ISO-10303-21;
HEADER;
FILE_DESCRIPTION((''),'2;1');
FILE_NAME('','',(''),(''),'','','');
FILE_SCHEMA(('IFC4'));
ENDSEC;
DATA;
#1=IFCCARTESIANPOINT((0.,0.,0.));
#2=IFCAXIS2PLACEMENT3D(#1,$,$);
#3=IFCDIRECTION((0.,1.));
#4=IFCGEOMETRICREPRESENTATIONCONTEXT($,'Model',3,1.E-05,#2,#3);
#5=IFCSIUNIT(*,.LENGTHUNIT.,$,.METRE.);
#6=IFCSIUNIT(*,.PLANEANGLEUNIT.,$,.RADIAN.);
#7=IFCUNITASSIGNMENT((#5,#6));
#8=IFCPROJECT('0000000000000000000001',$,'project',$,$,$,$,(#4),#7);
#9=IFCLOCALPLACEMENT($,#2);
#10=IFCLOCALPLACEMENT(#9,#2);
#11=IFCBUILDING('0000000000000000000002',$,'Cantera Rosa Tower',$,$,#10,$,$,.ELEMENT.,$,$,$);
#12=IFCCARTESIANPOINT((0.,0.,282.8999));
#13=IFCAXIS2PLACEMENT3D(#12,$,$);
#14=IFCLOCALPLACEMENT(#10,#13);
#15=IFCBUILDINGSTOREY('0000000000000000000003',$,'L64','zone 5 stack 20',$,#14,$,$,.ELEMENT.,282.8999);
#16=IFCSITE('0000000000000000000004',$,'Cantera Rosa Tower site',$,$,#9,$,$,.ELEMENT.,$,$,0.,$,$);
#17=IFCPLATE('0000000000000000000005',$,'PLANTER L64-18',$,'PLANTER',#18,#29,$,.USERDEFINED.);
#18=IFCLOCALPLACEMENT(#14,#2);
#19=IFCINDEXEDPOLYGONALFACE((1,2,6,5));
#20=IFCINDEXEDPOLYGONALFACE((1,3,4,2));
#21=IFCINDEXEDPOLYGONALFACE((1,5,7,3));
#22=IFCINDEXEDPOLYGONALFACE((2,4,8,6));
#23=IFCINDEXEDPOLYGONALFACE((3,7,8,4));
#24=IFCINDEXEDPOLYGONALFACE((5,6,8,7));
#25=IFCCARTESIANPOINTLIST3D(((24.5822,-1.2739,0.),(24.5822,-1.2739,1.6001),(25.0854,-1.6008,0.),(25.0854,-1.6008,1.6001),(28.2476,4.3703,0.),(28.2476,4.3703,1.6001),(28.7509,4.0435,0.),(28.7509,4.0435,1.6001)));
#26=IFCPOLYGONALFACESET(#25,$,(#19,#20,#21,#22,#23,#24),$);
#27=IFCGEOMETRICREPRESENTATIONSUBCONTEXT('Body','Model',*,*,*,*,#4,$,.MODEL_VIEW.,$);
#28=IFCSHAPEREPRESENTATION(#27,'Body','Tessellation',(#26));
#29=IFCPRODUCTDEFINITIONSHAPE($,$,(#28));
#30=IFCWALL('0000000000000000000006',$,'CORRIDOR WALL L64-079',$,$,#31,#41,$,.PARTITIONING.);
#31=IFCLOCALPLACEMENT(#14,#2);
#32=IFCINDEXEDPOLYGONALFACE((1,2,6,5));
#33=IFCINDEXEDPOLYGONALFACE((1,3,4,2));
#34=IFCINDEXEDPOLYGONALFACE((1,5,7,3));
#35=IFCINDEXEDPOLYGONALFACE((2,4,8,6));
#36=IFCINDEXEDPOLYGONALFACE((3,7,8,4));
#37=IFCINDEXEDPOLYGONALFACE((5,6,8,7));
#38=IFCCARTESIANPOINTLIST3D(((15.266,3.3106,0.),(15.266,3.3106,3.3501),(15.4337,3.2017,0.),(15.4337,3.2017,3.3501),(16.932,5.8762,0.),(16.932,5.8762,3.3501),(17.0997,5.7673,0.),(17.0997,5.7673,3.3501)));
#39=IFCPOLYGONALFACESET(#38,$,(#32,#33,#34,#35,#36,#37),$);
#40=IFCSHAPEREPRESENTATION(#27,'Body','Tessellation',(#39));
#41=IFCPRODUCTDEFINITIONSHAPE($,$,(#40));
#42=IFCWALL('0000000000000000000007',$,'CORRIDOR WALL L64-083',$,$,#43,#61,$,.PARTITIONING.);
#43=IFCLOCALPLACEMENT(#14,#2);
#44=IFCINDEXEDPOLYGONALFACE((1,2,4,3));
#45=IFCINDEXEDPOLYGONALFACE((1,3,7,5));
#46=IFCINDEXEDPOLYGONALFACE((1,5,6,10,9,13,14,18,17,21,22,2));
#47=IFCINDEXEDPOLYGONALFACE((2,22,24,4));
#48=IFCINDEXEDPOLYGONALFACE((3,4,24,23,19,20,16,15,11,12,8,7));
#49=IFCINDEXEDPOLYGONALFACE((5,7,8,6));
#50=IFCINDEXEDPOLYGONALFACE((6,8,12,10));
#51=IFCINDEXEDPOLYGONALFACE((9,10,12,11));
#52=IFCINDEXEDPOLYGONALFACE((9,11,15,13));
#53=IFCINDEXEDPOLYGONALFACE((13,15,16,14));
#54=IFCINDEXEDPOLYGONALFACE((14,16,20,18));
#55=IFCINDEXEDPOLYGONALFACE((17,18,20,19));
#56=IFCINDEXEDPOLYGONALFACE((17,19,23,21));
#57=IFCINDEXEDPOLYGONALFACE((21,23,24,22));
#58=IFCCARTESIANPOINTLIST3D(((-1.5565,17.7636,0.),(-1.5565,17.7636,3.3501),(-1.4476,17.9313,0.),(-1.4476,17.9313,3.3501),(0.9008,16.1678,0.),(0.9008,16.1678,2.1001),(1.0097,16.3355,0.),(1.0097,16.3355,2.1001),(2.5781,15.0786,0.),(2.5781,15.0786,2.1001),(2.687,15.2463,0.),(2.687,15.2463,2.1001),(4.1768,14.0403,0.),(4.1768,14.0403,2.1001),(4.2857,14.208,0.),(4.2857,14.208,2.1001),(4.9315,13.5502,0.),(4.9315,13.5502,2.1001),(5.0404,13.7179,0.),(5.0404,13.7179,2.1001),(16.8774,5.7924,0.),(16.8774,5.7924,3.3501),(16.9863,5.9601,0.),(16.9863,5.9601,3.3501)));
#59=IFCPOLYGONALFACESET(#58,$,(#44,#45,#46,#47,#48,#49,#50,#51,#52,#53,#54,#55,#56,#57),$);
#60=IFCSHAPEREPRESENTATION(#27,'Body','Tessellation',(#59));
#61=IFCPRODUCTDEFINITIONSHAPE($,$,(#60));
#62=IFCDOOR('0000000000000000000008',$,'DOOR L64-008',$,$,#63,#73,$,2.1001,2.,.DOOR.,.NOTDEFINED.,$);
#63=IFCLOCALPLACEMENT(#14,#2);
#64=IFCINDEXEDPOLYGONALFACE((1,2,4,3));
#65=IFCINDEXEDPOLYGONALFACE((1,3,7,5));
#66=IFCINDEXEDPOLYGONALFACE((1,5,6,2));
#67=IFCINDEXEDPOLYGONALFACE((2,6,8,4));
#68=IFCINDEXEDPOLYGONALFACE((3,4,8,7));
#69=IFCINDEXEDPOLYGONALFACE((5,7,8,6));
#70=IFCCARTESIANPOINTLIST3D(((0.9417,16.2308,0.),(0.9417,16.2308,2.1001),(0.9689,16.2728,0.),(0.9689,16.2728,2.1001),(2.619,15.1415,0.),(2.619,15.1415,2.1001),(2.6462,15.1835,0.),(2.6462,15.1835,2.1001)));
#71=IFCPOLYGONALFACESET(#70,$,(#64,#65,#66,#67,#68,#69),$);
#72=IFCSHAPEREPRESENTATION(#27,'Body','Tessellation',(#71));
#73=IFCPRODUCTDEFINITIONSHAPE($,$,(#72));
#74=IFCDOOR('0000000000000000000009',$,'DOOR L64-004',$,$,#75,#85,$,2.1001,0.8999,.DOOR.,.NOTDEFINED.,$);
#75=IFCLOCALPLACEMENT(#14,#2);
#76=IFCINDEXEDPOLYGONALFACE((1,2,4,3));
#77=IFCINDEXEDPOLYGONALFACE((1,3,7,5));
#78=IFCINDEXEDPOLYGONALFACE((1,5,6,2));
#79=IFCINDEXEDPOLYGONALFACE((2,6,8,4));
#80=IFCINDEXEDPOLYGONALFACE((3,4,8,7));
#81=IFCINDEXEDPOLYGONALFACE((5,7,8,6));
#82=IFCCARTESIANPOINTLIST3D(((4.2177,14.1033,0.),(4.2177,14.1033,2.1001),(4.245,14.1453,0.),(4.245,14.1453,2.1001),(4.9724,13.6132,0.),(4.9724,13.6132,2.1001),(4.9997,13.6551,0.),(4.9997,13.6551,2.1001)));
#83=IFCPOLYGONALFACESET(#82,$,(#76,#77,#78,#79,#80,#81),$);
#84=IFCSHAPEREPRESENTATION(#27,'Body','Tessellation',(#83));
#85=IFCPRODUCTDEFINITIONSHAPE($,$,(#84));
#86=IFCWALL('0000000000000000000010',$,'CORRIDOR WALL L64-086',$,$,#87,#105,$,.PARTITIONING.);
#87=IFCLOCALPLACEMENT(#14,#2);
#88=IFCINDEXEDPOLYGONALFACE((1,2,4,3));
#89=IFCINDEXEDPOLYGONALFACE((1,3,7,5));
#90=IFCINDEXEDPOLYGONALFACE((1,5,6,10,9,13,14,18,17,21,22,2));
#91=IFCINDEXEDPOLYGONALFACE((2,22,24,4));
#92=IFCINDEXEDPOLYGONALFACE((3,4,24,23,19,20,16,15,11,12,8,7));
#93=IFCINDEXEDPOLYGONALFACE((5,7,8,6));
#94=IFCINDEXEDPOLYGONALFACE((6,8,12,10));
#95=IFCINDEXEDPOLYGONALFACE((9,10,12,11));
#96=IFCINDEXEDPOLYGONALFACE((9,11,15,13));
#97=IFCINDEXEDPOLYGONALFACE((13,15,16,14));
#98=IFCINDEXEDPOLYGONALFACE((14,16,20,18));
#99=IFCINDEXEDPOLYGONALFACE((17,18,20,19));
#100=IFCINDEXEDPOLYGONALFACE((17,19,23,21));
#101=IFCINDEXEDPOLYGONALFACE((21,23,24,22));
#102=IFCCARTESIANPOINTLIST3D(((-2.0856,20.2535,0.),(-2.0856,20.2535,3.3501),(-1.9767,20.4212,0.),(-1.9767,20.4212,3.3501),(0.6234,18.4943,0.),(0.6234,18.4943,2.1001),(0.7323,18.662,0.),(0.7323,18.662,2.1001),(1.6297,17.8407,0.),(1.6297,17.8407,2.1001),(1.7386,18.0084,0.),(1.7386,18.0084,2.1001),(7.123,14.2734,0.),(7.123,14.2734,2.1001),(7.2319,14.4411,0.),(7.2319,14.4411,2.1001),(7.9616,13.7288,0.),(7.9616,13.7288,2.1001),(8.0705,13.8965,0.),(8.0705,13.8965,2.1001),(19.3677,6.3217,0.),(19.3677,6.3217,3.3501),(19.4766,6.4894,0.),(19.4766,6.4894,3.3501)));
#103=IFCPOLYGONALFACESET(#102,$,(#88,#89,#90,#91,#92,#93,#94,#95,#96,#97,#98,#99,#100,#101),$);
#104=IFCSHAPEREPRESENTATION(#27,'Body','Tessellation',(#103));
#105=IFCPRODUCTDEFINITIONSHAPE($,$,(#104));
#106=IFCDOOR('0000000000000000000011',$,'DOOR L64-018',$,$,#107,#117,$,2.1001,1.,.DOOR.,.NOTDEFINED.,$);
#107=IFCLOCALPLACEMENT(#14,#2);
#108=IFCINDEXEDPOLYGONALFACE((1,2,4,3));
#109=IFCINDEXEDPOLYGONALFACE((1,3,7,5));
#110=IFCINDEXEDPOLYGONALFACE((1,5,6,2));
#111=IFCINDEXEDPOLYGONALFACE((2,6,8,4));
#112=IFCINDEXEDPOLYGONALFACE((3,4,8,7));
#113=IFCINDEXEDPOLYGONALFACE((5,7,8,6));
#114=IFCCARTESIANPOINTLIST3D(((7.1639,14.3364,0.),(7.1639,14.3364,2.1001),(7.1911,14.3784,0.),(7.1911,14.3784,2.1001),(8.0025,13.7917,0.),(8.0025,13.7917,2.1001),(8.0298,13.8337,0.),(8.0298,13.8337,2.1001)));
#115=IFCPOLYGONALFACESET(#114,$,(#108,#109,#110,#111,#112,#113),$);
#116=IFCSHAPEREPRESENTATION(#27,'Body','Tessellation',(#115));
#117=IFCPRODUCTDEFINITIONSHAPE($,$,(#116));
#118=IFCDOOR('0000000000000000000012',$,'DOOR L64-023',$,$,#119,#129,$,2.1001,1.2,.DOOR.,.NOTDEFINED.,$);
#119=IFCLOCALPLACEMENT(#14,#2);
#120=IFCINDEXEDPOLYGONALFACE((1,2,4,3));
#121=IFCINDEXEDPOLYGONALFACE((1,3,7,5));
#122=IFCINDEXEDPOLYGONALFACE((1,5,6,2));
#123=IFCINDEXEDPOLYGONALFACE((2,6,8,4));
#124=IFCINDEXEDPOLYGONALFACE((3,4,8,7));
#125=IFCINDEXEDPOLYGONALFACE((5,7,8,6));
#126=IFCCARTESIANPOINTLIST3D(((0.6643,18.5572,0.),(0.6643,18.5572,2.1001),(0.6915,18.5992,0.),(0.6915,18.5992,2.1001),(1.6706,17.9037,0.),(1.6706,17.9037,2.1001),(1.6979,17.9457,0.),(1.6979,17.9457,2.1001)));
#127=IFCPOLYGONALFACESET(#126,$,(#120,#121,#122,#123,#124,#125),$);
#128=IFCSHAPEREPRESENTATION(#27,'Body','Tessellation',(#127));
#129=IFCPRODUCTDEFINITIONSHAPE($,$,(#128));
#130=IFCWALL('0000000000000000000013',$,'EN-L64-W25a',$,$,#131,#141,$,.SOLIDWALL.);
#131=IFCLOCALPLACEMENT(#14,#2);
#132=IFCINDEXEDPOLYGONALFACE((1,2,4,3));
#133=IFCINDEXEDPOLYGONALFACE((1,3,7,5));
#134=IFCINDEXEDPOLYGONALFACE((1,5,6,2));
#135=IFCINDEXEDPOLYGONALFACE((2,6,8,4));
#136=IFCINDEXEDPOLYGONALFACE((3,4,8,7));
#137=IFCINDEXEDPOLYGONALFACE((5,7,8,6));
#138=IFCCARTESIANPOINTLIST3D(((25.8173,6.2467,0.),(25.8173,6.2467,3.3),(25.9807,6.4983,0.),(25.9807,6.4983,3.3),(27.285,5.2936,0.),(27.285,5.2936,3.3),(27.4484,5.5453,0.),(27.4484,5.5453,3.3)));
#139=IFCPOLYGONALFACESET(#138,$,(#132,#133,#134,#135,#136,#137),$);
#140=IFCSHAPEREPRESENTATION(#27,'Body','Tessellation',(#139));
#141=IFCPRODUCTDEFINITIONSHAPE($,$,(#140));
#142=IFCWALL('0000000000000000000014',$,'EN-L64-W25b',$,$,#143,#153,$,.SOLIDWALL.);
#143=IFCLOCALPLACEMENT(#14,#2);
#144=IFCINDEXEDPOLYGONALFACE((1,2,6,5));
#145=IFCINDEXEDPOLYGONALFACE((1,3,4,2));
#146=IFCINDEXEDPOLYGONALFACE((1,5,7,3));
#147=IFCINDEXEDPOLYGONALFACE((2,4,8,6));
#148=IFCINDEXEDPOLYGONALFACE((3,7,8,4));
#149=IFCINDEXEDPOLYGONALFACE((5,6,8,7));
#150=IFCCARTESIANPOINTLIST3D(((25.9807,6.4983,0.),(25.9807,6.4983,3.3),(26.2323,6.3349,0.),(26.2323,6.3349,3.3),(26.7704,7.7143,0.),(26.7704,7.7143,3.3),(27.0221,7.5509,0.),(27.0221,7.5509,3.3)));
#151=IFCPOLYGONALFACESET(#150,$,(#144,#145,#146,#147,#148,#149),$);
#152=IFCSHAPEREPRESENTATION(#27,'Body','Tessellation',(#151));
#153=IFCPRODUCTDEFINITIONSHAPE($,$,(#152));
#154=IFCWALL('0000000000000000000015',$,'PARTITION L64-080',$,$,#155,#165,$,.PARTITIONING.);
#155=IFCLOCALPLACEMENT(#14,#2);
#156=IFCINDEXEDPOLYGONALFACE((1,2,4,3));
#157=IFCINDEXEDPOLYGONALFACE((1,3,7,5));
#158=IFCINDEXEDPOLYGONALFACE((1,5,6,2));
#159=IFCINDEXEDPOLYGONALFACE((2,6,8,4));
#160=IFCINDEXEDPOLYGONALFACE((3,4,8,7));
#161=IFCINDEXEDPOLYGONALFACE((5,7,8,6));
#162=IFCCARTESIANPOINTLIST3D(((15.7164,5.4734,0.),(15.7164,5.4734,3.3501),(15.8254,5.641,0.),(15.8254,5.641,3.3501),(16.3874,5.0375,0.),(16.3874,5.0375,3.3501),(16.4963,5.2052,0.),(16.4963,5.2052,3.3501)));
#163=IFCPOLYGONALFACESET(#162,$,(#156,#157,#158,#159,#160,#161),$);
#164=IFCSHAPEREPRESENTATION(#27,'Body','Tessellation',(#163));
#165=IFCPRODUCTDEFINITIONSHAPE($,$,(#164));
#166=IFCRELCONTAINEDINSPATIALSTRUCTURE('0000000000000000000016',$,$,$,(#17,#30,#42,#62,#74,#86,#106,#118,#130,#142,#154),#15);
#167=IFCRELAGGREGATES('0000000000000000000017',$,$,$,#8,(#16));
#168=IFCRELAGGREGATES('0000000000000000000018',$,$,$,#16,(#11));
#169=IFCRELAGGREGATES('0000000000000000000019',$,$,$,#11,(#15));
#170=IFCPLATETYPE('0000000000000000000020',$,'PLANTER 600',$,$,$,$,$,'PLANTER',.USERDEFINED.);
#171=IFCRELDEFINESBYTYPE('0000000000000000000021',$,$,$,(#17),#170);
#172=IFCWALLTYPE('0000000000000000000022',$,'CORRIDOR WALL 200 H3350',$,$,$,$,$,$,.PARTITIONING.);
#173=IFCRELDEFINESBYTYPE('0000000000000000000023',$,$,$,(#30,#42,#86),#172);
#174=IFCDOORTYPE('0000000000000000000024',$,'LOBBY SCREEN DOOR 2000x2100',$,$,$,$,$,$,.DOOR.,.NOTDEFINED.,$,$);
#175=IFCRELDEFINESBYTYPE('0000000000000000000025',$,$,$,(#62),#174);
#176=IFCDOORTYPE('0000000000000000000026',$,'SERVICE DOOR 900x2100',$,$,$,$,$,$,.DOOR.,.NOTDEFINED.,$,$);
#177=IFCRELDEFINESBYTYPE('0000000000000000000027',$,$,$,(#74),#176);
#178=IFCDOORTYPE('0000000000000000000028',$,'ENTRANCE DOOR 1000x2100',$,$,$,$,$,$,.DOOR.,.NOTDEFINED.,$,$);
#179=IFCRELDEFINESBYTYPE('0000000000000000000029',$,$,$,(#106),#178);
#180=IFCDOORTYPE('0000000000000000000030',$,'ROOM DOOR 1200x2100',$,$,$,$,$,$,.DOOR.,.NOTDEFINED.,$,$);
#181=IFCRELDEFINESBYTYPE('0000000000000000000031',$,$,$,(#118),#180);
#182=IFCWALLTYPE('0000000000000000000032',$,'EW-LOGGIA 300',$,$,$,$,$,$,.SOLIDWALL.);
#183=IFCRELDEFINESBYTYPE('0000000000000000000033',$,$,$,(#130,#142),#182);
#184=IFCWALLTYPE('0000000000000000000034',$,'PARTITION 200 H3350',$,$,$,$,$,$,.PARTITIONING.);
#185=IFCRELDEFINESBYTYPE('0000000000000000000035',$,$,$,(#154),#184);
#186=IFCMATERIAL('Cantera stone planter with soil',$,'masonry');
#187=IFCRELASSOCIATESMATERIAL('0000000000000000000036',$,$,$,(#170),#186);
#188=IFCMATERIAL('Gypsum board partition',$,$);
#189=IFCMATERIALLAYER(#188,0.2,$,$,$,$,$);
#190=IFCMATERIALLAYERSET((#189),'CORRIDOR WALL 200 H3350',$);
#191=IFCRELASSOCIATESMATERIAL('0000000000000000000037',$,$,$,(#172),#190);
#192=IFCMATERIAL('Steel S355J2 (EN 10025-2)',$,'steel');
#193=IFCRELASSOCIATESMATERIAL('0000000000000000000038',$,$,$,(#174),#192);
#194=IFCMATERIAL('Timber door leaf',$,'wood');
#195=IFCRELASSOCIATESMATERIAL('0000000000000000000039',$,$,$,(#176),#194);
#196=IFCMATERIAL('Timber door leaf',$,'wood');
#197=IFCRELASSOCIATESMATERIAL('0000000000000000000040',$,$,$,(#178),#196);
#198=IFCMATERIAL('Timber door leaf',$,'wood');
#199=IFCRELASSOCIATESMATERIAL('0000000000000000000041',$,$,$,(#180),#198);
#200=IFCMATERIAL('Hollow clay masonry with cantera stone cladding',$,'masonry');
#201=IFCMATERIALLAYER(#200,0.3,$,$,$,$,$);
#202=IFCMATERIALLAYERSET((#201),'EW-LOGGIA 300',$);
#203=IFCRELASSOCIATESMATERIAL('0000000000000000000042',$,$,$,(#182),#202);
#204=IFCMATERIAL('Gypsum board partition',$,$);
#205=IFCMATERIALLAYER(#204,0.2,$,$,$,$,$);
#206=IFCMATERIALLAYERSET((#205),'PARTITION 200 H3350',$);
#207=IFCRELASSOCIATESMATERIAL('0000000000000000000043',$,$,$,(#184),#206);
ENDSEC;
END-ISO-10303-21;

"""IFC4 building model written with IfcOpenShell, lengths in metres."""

from ifc_helpers import new_model, si_unit, direction, frame, frame_2d, origin, origin_2d, place, context, subcontext, project, spatial, rectangle, extrude, material, layer, layer_set, type_object, element, fill, save


model = new_model("IFC4")

# Units and contexts
model_context = context("Model", 3, precision=1e-05, world=origin(), true_north=direction((0.0, 1.0)))
body_context = subcontext(model_context, "Body", "Model", "MODEL_VIEW")
ifc_project = project(units=[si_unit("LENGTHUNIT", "METRE"), si_unit("PLANEANGLEUNIT", "RADIAN")], contexts=[model_context])

# Site, building, storey
site_placement = place(None, origin())
site = spatial("IfcSite", under=ifc_project, at=site_placement, Name="Cantera Rosa Tower site", CompositionType="ELEMENT", RefElevation=0.0)
building_placement = place(site_placement, origin())
building = spatial("IfcBuilding", under=site, at=building_placement, Name="Cantera Rosa Tower", CompositionType="ELEMENT")
storey_placement = place(building_placement, frame((0.0, 0.0, 282.8999)))
storey = spatial("IfcBuildingStorey", under=building, at=storey_placement, Name="L64", Description="zone 5 stack 20", CompositionType="ELEMENT", Elevation=282.8999)

# Plate
ifc_material_1 = material(Name="Cantera stone planter with soil", Category="masonry")
plate_type = type_object("IfcPlateType", Name="PLANTER 600", ElementType="PLANTER", PredefinedType="USERDEFINED", material=ifc_material_1)
plate_placement = place(storey_placement, frame((26.6665, 1.3848, 0.0), z_axis=(0.0, 0.0, 1.0), x_axis=(0.544639, 0.838671, 0.0)))
element("IfcPlate", 1, at=plate_placement, inside=storey, type_object=plate_type, Name="PLANTER L64-18", ObjectType="PLANTER", PredefinedType="USERDEFINED", context=body_context, shape_type="SweptSolid", body=[
    extrude(rectangle(XDim=6.73, YDim=0.6001, at=origin_2d()), origin(), (0.0, 0.0, 1.0), 1.6001),
])

# Wall
ifc_material_2 = material(Name="Gypsum board partition")
ifc_layer_1 = layer(ifc_material_2, 0.2)
ifc_layer_set_1 = layer_set([ifc_layer_1], Name="CORRIDOR WALL 200 H3350")
wall_type_1 = type_object("IfcWallType", Name="CORRIDOR WALL 200 H3350", PredefinedType="PARTITIONING", material=ifc_layer_set_1)
wall_1_placement = place(storey_placement, frame((15.3499, 3.2561, 0.0), z_axis=(0.0, 0.0, 1.0), x_axis=(0.544604, 0.838693, 0.0)))
element("IfcWall", 2, at=wall_1_placement, inside=storey, type_object=wall_type_1, Name="CORRIDOR WALL L64-079", PredefinedType="PARTITIONING", context=body_context, shape_type="SweptSolid", body=[
    extrude(rectangle(XDim=3.0591, YDim=0.2, at=frame_2d((1.5295, 0.0))), origin(), (0.0, 0.0, 1.0), 3.3501),
])

# Walls, openings, doors
wall_2_placement = place(storey_placement, frame((16.9319, 5.8762, 0.0), z_axis=(0.0, 0.0, 1.0), x_axis=(-0.838668, 0.544643, 0.0)))
wall_2 = element("IfcWall", 3, at=wall_2_placement, inside=storey, type_object=wall_type_1, Name="CORRIDOR WALL L64-083", PredefinedType="PARTITIONING", context=body_context, shape_type="SweptSolid", body=[
    extrude(rectangle(XDim=21.98, YDim=0.2, at=frame_2d((10.99, 0.0))), origin(), (0.0, 0.0, 1.0), 3.3501),
])
opening_1_placement = place(wall_2_placement, frame((14.2439, 0.0, 0.0)))
opening_1 = element("IfcOpeningElement", 4, at=opening_1_placement, cuts=wall_2, PredefinedType="OPENING", context=body_context, shape_type="SweptSolid", body=[
    extrude(rectangle(XDim=0.8999, YDim=2.1001, at=frame_2d((0.45, 1.05))), frame((0.0, 0.1099, 0.0), z_axis=(0.0, -1.0, 0.0), x_axis=(1.0, 0.0, 0.0)), (0.0, 0.0, 1.0), 0.22),
])
opening_2_placement = place(wall_2_placement, frame((17.05, 0.0, 0.0)))
opening_2 = element("IfcOpeningElement", 5, at=opening_2_placement, cuts=wall_2, PredefinedType="OPENING", context=body_context, shape_type="SweptSolid", body=[
    extrude(rectangle(XDim=2.0, YDim=2.1001, at=frame_2d((1.0, 1.05))), frame((0.0, 0.1099, 0.0), z_axis=(0.0, -1.0, 0.0), x_axis=(1.0, 0.0, 0.0)), (0.0, 0.0, 1.0), 0.22),
])
ifc_material_3 = material(Name="Steel S355J2 (EN 10025-2)", Category="steel")
door_type_1 = type_object("IfcDoorType", Name="LOBBY SCREEN DOOR 2000x2100", OperationType="NOTDEFINED", PredefinedType="DOOR", material=ifc_material_3)
door_1_placement = place(opening_2_placement, origin())
door_1 = element("IfcDoor", 6, at=door_1_placement, inside=storey, type_object=door_type_1, Name="DOOR L64-008", OperationType="NOTDEFINED", OverallHeight=2.1001, OverallWidth=2.0, PredefinedType="DOOR", context=body_context, shape_type="SweptSolid", body=[
    extrude(rectangle(XDim=2.0, YDim=2.1001, at=frame_2d((1.0, 1.05))), frame((0.0, 0.0249, 0.0), z_axis=(0.0, -1.0, 0.0), x_axis=(1.0, 0.0, 0.0)), (0.0, 0.0, 1.0), 0.05),
])
fill(opening_2, door_1)
ifc_material_4 = material(Name="Timber door leaf", Category="wood")
door_type_2 = type_object("IfcDoorType", Name="SERVICE DOOR 900x2100", OperationType="NOTDEFINED", PredefinedType="DOOR", material=ifc_material_4)
door_2_placement = place(opening_1_placement, origin())
door_2 = element("IfcDoor", 7, at=door_2_placement, inside=storey, type_object=door_type_2, Name="DOOR L64-004", OperationType="NOTDEFINED", OverallHeight=2.1001, OverallWidth=0.8999, PredefinedType="DOOR", context=body_context, shape_type="SweptSolid", body=[
    extrude(rectangle(XDim=0.8999, YDim=2.1001, at=frame_2d((0.45, 1.05))), frame((0.0, 0.0249, 0.0), z_axis=(0.0, -1.0, 0.0), x_axis=(1.0, 0.0, 0.0)), (0.0, 0.0, 1.0), 0.05),
])
fill(opening_1, door_2)
wall_3_placement = place(storey_placement, frame((19.4221, 6.4055, 0.0), z_axis=(0.0, 0.0, 1.0), x_axis=(-0.838672, 0.544636, 0.0)))
wall_3 = element("IfcWall", 8, at=wall_3_placement, inside=storey, type_object=wall_type_1, Name="CORRIDOR WALL L64-086", PredefinedType="PARTITIONING", context=body_context, shape_type="SweptSolid", body=[
    extrude(rectangle(XDim=25.5801, YDim=0.2, at=frame_2d((12.79, 0.0))), origin(), (0.0, 0.0, 1.0), 3.3501),
])
opening_3_placement = place(wall_3_placement, frame((13.6001, 0.0, 0.0)))
opening_3 = element("IfcOpeningElement", 9, at=opening_3_placement, cuts=wall_3, PredefinedType="OPENING", context=body_context, shape_type="SweptSolid", body=[
    extrude(rectangle(XDim=1.0, YDim=2.1001, at=frame_2d((0.5, 1.05))), frame((0.0, 0.1099, 0.0), z_axis=(0.0, -1.0, 0.0), x_axis=(1.0, 0.0, 0.0)), (0.0, 0.0, 1.0), 0.22),
])
opening_4_placement = place(wall_3_placement, frame((21.1499, 0.0, 0.0)))
opening_4 = element("IfcOpeningElement", 10, at=opening_4_placement, cuts=wall_3, PredefinedType="OPENING", context=body_context, shape_type="SweptSolid", body=[
    extrude(rectangle(XDim=1.2, YDim=2.1001, at=frame_2d((0.6001, 1.05))), frame((0.0, 0.1099, 0.0), z_axis=(0.0, -1.0, 0.0), x_axis=(1.0, 0.0, 0.0)), (0.0, 0.0, 1.0), 0.22),
])
ifc_material_5 = material(Name="Timber door leaf", Category="wood")
door_type_3 = type_object("IfcDoorType", Name="ENTRANCE DOOR 1000x2100", OperationType="NOTDEFINED", PredefinedType="DOOR", material=ifc_material_5)
door_3_placement = place(opening_3_placement, origin())
door_3 = element("IfcDoor", 11, at=door_3_placement, inside=storey, type_object=door_type_3, Name="DOOR L64-018", OperationType="NOTDEFINED", OverallHeight=2.1001, OverallWidth=1.0, PredefinedType="DOOR", context=body_context, shape_type="SweptSolid", body=[
    extrude(rectangle(XDim=1.0, YDim=2.1001, at=frame_2d((0.5, 1.05))), frame((0.0, 0.0249, 0.0), z_axis=(0.0, -1.0, 0.0), x_axis=(1.0, 0.0, 0.0)), (0.0, 0.0, 1.0), 0.05),
])
fill(opening_3, door_3)
ifc_material_6 = material(Name="Timber door leaf", Category="wood")
door_type_4 = type_object("IfcDoorType", Name="ROOM DOOR 1200x2100", OperationType="NOTDEFINED", PredefinedType="DOOR", material=ifc_material_6)
door_4_placement = place(opening_4_placement, origin())
door_4 = element("IfcDoor", 12, at=door_4_placement, inside=storey, type_object=door_type_4, Name="DOOR L64-023", OperationType="NOTDEFINED", OverallHeight=2.1001, OverallWidth=1.2, PredefinedType="DOOR", context=body_context, shape_type="SweptSolid", body=[
    extrude(rectangle(XDim=1.2, YDim=2.1001, at=frame_2d((0.6001, 1.05))), frame((0.0, 0.0249, 0.0), z_axis=(0.0, -1.0, 0.0), x_axis=(1.0, 0.0, 0.0)), (0.0, 0.0, 1.0), 0.05),
])
fill(opening_4, door_4)

# Walls
ifc_material_7 = material(Name="Hollow clay masonry with cantera stone cladding", Category="masonry")
ifc_layer_2 = layer(ifc_material_7, 0.3)
ifc_layer_set_2 = layer_set([ifc_layer_2], Name="EW-LOGGIA 300")
wall_type_2 = type_object("IfcWallType", Name="EW-LOGGIA 300", PredefinedType="SOLIDWALL", material=ifc_layer_set_2)
wall_4_placement = place(storey_placement, frame((27.3667, 5.4194, 0.0), z_axis=(0.0, 0.0, 1.0), x_axis=(-0.838686, 0.544616, 0.0)))
element("IfcWall", 13, at=wall_4_placement, inside=storey, type_object=wall_type_2, Name="EN-L64-W25a", PredefinedType="SOLIDWALL", context=body_context, shape_type="SweptSolid", body=[
    extrude(rectangle(XDim=1.75, YDim=0.3, at=frame_2d((0.875, 0.0))), origin(), (0.0, 0.0, 1.0), 3.3),
])
wall_5_placement = place(storey_placement, frame((26.1064, 6.4165, 0.0), z_axis=(0.0, 0.0, 1.0), x_axis=(0.544675, 0.838647, 0.0)))
element("IfcWall", 14, at=wall_5_placement, inside=storey, type_object=wall_type_2, Name="EN-L64-W25b", PredefinedType="SOLIDWALL", context=body_context, shape_type="SweptSolid", body=[
    extrude(rectangle(XDim=1.45, YDim=0.3, at=frame_2d((0.7251, 0.0))), origin(), (0.0, 0.0, 1.0), 3.3),
])
ifc_material_8 = material(Name="Gypsum board partition")
ifc_layer_3 = layer(ifc_material_8, 0.2)
ifc_layer_set_3 = layer_set([ifc_layer_3], Name="PARTITION 200 H3350")
wall_type_3 = type_object("IfcWallType", Name="PARTITION 200 H3350", PredefinedType="PARTITIONING", material=ifc_layer_set_3)
wall_6_placement = place(storey_placement, frame((15.771, 5.5571, 0.0), z_axis=(0.0, 0.0, 1.0), x_axis=(0.838611, -0.544731, 0.0)))
element("IfcWall", 15, at=wall_6_placement, inside=storey, type_object=wall_type_3, Name="PARTITION L64-080", PredefinedType="PARTITIONING", context=body_context, shape_type="SweptSolid", body=[
    extrude(rectangle(XDim=0.8, YDim=0.2, at=frame_2d((0.3999, 0.0))), origin(), (0.0, 0.0, 1.0), 3.3501),
])

save(model, "model.ifc")
